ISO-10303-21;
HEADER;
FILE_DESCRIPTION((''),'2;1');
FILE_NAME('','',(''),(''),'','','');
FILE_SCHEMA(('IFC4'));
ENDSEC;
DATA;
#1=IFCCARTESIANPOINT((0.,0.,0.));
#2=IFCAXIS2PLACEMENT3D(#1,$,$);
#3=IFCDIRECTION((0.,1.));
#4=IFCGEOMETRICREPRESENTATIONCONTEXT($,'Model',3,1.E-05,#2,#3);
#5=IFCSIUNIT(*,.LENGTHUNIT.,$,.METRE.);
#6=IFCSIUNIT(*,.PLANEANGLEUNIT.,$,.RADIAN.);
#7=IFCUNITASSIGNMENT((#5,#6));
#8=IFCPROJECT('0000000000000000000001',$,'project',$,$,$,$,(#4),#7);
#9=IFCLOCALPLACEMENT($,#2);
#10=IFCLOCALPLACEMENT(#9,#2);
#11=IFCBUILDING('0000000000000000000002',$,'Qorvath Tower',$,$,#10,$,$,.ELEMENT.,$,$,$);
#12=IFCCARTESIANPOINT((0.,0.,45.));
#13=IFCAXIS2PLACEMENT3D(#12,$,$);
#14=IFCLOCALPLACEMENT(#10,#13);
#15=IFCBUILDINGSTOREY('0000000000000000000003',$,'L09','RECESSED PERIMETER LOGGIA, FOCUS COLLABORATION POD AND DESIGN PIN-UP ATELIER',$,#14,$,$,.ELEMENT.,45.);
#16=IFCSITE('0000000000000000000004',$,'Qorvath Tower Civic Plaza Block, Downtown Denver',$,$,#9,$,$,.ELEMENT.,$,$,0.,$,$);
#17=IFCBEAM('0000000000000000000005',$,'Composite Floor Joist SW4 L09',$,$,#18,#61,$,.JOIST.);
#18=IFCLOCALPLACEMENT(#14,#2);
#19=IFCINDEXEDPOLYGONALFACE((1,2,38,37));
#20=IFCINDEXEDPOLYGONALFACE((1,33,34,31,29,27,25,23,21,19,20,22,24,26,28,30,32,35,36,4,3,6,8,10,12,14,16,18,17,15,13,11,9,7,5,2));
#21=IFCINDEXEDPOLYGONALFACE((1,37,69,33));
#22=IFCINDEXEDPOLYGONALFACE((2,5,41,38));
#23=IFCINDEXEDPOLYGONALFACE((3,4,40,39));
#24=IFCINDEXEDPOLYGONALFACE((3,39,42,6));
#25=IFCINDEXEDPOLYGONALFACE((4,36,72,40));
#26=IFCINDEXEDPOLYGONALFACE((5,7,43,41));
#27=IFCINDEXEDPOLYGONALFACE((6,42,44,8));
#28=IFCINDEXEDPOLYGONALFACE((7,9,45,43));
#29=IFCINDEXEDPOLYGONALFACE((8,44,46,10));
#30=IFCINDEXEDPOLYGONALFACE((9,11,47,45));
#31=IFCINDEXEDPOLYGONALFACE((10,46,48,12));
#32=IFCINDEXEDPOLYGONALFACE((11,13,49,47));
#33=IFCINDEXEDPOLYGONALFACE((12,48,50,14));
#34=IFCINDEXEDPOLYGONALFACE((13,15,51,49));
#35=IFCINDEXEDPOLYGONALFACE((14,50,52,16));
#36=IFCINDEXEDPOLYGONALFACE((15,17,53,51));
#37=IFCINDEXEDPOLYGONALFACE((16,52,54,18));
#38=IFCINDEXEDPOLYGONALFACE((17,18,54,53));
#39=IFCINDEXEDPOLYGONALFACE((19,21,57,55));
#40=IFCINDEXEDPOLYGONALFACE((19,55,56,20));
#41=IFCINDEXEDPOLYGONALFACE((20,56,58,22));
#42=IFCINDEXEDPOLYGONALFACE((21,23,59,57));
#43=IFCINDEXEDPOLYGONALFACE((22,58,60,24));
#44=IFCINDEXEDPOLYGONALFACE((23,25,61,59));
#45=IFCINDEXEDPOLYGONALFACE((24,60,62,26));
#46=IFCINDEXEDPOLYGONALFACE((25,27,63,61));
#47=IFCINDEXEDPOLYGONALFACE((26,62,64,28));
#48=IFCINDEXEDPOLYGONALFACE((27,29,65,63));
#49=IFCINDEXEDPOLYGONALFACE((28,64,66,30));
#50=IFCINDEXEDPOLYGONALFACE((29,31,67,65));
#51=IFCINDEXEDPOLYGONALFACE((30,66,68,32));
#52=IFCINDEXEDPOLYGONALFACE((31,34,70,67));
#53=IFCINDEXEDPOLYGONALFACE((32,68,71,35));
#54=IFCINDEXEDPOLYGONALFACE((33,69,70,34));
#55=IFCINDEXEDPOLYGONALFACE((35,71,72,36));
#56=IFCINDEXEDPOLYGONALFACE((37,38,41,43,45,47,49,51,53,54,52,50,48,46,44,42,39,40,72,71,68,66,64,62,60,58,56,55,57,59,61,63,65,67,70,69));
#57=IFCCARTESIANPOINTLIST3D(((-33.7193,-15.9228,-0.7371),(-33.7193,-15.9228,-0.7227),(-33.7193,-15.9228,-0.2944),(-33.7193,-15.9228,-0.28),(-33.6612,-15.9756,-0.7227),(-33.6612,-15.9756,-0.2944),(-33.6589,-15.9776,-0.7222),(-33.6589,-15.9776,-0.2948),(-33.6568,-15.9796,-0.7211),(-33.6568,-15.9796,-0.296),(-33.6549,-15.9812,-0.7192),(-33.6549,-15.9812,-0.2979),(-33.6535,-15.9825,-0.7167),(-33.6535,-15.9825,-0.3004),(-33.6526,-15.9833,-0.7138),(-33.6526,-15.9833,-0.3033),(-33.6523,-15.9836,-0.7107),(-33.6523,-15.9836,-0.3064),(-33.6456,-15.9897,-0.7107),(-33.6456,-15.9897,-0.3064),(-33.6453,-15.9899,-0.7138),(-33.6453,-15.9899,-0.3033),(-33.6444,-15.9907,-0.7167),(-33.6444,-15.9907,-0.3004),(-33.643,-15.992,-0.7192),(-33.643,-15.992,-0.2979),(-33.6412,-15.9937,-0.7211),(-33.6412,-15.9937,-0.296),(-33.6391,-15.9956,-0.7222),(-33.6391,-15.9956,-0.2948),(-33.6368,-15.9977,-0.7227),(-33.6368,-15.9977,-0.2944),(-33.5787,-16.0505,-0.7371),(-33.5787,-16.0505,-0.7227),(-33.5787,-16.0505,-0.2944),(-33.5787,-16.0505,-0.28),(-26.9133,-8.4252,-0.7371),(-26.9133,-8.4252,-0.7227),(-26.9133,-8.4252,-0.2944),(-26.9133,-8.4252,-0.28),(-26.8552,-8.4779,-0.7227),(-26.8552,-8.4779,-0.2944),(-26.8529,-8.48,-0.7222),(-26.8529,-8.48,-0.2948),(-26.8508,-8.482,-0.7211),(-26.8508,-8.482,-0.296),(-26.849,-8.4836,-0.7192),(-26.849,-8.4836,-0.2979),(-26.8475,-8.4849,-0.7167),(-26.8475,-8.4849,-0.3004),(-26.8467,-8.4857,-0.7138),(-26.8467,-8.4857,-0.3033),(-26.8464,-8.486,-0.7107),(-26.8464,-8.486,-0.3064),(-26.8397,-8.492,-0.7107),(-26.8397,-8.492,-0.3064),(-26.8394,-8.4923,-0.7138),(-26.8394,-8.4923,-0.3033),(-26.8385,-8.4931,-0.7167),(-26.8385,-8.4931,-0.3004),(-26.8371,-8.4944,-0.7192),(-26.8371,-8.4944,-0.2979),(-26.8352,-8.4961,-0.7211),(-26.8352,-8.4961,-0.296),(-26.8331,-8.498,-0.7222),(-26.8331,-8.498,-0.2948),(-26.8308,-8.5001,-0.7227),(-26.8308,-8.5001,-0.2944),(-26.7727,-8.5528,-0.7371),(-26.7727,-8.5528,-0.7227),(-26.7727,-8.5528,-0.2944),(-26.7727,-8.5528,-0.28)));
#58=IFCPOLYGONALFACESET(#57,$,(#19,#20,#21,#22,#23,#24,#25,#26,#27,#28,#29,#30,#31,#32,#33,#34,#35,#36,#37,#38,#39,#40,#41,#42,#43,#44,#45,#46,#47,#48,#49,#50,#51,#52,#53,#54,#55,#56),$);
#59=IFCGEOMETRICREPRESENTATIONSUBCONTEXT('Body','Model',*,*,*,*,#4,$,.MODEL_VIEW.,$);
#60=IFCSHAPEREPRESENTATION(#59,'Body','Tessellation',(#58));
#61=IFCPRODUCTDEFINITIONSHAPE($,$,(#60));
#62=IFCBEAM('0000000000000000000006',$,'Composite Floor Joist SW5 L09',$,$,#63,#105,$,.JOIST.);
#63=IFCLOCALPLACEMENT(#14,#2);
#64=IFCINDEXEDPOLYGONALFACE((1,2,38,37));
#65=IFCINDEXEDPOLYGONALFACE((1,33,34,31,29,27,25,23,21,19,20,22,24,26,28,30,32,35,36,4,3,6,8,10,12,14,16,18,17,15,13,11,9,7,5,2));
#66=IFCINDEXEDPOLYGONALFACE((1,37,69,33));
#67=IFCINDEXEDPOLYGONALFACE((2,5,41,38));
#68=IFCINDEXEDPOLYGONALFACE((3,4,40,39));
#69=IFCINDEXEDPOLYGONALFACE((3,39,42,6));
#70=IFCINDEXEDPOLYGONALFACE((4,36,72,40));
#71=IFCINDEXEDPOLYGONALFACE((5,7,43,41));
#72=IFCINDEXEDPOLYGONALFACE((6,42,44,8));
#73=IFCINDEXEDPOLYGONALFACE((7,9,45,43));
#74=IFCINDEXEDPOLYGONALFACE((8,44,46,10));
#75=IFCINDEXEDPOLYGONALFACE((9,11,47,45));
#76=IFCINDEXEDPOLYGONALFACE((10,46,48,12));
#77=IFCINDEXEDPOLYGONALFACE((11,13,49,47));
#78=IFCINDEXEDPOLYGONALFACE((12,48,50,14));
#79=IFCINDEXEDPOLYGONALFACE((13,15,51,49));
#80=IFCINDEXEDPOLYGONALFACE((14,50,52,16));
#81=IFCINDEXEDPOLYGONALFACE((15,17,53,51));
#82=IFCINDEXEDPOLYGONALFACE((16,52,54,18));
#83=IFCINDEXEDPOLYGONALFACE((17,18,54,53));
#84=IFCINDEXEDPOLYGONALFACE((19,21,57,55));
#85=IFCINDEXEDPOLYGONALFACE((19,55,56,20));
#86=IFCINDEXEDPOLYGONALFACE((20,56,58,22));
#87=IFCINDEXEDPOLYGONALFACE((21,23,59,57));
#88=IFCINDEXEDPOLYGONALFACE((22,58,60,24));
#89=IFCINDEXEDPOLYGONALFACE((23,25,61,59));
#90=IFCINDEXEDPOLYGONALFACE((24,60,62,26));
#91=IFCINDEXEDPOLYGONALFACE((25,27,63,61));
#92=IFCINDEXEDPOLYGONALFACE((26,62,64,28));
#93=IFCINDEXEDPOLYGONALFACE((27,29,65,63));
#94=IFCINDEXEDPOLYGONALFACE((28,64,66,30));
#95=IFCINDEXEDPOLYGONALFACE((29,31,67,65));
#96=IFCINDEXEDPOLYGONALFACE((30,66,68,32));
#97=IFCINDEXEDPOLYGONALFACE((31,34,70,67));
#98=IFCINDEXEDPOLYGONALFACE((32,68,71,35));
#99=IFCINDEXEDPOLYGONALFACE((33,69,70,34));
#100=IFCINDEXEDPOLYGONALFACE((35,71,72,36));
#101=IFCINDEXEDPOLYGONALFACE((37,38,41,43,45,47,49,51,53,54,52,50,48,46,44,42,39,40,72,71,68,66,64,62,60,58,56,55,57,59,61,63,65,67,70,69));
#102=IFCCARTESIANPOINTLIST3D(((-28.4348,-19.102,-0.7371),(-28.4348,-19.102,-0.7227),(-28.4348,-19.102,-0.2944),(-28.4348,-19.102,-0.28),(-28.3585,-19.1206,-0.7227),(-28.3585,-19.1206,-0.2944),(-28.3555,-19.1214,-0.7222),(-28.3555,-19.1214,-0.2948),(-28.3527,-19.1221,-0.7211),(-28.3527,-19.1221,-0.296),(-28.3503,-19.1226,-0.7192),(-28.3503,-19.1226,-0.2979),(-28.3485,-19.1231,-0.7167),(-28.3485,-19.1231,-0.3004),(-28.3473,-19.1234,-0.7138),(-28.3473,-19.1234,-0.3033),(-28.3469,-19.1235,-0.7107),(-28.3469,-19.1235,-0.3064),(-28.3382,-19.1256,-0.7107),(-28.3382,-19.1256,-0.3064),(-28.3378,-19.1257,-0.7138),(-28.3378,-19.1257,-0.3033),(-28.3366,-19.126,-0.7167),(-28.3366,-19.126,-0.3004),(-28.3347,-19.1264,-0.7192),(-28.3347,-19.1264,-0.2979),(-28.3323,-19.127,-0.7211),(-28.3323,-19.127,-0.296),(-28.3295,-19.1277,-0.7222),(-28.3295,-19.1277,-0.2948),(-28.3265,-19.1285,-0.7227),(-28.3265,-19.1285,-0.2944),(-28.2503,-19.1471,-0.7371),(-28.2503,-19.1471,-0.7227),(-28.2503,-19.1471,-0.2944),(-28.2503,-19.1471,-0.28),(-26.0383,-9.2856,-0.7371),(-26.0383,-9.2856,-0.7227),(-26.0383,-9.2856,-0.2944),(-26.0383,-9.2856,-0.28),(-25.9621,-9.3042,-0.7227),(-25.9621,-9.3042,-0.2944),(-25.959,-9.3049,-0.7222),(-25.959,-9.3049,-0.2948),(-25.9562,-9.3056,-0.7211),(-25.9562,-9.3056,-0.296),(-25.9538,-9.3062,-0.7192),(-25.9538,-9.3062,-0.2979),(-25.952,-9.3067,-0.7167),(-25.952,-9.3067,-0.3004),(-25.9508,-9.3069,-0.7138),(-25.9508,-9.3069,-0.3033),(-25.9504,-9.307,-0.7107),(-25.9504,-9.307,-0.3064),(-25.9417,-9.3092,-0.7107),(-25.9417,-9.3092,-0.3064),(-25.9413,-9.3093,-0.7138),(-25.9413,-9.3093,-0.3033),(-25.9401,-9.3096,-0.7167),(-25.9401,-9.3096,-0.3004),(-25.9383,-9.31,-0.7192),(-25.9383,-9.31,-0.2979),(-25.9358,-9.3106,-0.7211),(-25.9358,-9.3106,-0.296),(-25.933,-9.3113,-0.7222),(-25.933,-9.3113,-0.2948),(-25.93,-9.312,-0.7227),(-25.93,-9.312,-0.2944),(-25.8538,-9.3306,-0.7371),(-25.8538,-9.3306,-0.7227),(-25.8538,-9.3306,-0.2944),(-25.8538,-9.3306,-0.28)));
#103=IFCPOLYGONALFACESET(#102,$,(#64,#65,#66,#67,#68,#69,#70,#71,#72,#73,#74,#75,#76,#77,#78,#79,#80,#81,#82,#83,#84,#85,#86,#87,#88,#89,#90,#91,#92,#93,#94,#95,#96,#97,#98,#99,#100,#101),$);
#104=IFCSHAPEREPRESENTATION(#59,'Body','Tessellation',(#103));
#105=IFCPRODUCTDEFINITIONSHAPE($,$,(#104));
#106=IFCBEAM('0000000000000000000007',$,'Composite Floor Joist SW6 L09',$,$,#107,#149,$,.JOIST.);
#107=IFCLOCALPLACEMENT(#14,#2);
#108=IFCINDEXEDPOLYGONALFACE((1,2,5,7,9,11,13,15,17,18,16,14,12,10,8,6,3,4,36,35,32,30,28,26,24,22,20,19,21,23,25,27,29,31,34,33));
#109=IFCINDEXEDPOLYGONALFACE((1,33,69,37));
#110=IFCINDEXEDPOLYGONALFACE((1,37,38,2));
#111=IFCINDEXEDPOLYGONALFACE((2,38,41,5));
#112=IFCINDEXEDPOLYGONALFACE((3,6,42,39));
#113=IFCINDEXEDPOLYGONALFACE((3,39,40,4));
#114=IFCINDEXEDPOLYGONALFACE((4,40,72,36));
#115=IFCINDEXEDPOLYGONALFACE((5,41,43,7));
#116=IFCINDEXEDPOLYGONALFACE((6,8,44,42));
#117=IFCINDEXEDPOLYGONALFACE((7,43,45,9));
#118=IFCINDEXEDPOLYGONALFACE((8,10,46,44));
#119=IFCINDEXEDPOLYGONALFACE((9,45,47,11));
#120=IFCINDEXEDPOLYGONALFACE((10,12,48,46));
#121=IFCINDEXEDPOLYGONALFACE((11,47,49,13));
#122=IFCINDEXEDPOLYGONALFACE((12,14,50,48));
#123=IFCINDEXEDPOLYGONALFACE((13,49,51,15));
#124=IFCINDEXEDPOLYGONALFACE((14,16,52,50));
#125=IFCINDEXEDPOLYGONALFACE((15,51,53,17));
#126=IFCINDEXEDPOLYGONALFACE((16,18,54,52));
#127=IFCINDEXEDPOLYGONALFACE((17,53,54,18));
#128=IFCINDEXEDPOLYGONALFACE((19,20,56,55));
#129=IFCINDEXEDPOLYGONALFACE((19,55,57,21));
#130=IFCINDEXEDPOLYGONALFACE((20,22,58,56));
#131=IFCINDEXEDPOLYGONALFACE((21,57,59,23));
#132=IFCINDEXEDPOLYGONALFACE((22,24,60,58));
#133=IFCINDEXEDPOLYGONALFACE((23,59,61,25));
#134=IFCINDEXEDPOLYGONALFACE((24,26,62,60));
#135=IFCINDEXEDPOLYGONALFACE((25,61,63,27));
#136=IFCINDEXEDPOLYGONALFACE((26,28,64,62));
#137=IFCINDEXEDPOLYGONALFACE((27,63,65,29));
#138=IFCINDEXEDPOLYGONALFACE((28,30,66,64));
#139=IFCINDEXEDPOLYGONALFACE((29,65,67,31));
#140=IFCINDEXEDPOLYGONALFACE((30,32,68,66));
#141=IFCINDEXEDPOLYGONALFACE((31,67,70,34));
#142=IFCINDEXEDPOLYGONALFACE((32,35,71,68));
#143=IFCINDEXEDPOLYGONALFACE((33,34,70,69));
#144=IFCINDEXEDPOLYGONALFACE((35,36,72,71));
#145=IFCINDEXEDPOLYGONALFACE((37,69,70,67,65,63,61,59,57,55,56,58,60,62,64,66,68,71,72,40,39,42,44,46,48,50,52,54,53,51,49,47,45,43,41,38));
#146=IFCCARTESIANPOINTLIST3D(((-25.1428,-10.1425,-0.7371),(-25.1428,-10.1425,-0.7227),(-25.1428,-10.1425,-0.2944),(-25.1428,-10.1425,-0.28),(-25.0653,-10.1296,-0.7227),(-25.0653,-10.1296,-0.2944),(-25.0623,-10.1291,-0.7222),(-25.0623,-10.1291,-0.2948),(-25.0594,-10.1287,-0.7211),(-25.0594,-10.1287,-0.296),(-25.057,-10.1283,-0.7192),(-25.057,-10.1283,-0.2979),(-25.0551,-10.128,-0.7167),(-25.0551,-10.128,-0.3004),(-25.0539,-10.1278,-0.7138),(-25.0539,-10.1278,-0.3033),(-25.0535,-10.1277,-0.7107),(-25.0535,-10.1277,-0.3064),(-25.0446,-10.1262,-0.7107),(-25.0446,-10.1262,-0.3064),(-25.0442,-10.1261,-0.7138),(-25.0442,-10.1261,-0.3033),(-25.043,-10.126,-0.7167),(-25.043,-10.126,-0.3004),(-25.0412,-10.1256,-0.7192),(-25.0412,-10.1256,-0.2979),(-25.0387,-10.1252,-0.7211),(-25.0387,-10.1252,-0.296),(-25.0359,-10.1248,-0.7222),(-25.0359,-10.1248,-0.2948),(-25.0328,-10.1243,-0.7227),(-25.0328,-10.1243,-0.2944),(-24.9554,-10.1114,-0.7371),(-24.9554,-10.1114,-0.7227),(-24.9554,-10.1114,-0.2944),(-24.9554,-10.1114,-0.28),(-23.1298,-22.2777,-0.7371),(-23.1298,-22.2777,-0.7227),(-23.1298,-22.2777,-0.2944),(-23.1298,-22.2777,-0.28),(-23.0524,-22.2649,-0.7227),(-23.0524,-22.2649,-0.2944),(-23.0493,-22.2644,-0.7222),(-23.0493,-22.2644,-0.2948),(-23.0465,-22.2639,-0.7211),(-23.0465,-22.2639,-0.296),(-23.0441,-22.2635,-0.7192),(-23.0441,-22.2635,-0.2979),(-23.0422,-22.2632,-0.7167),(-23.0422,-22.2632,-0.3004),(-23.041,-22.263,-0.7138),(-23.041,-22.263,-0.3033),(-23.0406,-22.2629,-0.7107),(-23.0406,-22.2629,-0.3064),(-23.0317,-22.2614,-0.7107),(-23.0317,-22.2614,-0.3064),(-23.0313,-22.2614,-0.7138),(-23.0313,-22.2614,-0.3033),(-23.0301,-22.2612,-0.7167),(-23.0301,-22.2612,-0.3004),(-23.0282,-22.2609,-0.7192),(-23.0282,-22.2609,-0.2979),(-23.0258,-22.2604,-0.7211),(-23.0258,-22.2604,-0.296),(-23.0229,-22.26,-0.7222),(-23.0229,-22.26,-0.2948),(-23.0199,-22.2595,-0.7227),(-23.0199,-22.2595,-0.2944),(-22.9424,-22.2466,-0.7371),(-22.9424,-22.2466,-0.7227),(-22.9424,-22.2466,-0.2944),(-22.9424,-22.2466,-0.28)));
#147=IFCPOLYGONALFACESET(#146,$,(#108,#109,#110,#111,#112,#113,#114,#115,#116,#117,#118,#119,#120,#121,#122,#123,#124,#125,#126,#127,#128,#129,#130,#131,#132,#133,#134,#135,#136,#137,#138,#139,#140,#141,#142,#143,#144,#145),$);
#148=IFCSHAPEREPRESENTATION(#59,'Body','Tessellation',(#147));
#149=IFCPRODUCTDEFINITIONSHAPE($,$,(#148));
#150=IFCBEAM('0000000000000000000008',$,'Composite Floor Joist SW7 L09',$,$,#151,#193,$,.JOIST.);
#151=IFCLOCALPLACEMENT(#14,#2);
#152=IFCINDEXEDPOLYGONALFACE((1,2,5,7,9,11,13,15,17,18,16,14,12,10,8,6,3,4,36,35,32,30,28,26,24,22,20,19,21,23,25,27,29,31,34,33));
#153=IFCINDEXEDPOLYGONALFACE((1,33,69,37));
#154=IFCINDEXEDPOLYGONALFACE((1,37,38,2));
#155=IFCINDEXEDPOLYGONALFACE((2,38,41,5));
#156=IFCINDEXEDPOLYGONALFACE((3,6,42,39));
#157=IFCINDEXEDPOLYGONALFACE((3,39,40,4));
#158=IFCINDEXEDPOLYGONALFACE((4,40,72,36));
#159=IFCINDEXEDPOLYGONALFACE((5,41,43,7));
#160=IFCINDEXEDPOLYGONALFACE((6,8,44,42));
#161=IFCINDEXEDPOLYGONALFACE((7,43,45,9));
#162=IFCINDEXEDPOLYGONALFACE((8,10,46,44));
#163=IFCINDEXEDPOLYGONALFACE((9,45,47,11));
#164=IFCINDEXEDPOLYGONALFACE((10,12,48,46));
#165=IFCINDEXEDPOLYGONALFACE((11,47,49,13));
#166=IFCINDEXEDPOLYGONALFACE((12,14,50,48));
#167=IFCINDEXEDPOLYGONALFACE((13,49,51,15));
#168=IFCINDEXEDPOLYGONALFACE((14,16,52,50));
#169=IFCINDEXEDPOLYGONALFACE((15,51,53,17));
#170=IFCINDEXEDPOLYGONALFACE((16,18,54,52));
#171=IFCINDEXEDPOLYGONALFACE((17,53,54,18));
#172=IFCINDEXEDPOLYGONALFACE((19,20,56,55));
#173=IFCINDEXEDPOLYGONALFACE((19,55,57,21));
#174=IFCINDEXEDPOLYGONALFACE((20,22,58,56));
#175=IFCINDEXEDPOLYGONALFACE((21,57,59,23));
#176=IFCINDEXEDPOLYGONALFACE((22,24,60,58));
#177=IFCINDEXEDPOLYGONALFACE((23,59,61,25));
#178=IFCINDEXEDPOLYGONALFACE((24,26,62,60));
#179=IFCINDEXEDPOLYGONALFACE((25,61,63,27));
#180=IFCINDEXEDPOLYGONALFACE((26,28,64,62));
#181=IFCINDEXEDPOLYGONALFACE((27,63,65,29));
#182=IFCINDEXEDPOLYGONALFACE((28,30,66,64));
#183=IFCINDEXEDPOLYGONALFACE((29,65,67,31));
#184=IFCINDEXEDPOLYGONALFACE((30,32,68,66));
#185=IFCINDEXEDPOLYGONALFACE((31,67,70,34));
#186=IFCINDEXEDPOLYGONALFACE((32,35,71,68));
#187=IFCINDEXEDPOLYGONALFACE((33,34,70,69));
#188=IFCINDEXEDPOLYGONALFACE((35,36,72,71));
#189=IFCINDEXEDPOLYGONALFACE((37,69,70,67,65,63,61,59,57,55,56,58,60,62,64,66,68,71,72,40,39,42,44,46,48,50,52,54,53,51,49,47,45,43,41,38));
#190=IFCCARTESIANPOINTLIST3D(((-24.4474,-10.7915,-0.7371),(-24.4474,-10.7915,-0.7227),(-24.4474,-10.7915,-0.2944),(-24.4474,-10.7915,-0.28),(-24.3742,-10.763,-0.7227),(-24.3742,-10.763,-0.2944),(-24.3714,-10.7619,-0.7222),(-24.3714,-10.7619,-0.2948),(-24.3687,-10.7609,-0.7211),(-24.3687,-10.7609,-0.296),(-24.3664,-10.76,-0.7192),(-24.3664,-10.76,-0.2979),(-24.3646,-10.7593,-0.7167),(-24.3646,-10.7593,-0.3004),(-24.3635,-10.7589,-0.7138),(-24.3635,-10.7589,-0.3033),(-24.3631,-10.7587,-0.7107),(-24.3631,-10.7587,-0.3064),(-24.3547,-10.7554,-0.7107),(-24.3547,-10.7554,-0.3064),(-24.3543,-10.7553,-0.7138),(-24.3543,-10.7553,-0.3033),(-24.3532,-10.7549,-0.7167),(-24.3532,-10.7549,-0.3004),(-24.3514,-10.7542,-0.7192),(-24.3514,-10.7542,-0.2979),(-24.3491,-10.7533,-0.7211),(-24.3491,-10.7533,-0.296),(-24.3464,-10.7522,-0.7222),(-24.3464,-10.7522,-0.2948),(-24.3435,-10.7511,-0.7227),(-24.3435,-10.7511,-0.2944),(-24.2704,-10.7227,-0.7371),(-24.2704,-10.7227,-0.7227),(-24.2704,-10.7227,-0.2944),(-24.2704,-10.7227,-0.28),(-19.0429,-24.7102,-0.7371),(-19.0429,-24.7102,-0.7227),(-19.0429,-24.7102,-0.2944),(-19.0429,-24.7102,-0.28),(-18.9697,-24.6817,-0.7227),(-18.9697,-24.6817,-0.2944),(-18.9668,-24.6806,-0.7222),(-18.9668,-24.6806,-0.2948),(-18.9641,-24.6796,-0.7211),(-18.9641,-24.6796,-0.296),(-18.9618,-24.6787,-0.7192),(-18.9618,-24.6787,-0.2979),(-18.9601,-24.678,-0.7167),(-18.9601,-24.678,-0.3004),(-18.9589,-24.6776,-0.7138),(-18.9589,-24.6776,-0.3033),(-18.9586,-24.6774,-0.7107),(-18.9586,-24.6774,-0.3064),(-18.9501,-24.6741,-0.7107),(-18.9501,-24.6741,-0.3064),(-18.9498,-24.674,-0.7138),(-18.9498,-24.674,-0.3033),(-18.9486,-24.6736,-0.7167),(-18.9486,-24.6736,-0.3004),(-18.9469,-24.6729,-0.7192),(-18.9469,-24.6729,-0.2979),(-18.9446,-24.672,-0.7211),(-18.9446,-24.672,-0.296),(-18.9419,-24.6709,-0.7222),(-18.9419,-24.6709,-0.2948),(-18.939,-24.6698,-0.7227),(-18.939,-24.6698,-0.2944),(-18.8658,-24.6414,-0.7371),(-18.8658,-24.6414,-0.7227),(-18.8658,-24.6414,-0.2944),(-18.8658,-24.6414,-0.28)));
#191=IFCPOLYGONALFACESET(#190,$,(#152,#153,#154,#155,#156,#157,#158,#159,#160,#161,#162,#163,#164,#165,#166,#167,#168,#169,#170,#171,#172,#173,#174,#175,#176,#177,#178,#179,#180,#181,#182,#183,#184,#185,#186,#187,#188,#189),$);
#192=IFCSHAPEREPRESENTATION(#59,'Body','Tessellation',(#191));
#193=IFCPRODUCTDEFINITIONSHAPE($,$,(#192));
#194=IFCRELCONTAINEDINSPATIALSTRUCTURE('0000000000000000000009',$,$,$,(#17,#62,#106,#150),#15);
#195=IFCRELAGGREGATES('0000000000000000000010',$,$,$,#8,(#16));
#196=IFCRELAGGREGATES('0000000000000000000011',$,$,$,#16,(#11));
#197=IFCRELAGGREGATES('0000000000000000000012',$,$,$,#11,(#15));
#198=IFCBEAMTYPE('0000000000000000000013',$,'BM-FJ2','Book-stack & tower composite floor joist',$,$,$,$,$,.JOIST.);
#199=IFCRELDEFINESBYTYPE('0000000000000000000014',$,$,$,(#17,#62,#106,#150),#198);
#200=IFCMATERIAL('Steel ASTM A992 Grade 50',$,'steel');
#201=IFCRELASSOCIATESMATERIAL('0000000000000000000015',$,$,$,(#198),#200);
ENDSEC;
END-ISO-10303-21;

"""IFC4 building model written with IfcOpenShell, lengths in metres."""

from ifc_helpers import new_model, si_unit, direction, frame, origin, origin_2d, place, context, subcontext, project, spatial, i_section, extrude, material, material_profile, profile_set, type_object, element, save


model = new_model("IFC4")

# Units and contexts
model_context = context("Model", 3, precision=1e-05, world=origin(), true_north=direction((0.0, 1.0)))
body_context = subcontext(model_context, "Body", "Model", "MODEL_VIEW")
ifc_project = project(units=[si_unit("LENGTHUNIT", "METRE"), si_unit("PLANEANGLEUNIT", "RADIAN")], contexts=[model_context])

# Site, building, storey
site_placement = place(None, origin())
site = spatial("IfcSite", under=ifc_project, at=site_placement, Name="Qorvath Tower Civic Plaza Block, Downtown Denver", CompositionType="ELEMENT", RefElevation=0.0)
building_placement = place(site_placement, origin())
building = spatial("IfcBuilding", under=site, at=building_placement, Name="Qorvath Tower", CompositionType="ELEMENT")
storey_placement = place(building_placement, frame((0.0, 0.0, 45.0)))
storey = spatial("IfcBuildingStorey", under=building, at=storey_placement, Name="L09", Description="RECESSED PERIMETER LOGGIA, FOCUS COLLABORATION POD AND DESIGN PIN-UP ATELIER", CompositionType="ELEMENT", Elevation=45.0)

# Beams
ifc_material_1 = material(Name="Steel ASTM A992 Grade 50", Category="steel")
ifc_material_profile = material_profile(ifc_material_1, i_section(OverallWidth=0.1899, OverallDepth=0.457, WebThickness=0.009, FlangeThickness=0.0144, FilletRadius=0.012, at=origin_2d()), Name="W18x50")
ifc_profile_set = profile_set([ifc_material_profile], Name="Steel ASTM A992 Grade 50")
beam_type = type_object("IfcBeamType", Name="BM-FJ2", Description="Book-stack & tower composite floor joist", PredefinedType="JOIST", material=ifc_profile_set)
beam_1_placement = place(storey_placement, frame((-26.843, -8.489, -0.5085), z_axis=(-0.672129, -0.740434, 0.0), x_axis=(0.740434, -0.672129, 0.0)))
element("IfcBeam", 1, at=beam_1_placement, inside=storey, type_object=beam_type, Name="Composite Floor Joist SW4 L09", PredefinedType="JOIST", context=body_context, shape_type="SweptSolid", body=[
    extrude(i_section(OverallWidth=0.1899, OverallDepth=0.457, WebThickness=0.009, FlangeThickness=0.0144, FilletRadius=0.012, at=origin_2d()), origin(), (0.0, 0.0, 1.0), 10.126),
])
beam_2_placement = place(storey_placement, frame((-25.946, -9.3081, -0.5085), z_axis=(-0.237165, -0.971469, 0.0), x_axis=(0.971469, -0.237165, 0.0)))
element("IfcBeam", 2, at=beam_2_placement, inside=storey, type_object=beam_type, Name="Composite Floor Joist SW5 L09", PredefinedType="JOIST", context=body_context, shape_type="SweptSolid", body=[
    extrude(i_section(OverallWidth=0.1899, OverallDepth=0.457, WebThickness=0.009, FlangeThickness=0.0144, FilletRadius=0.012, at=origin_2d()), origin(), (0.0, 0.0, 1.0), 10.1047),
])
beam_3_placement = place(storey_placement, frame((-25.0491, -10.127, -0.5085), z_axis=(0.163639, -0.98652, 0.0), x_axis=(0.98652, 0.163639, 0.0)))
element("IfcBeam", 3, at=beam_3_placement, inside=storey, type_object=beam_type, Name="Composite Floor Joist SW6 L09", PredefinedType="JOIST", context=body_context, shape_type="SweptSolid", body=[
    extrude(i_section(OverallWidth=0.1899, OverallDepth=0.457, WebThickness=0.009, FlangeThickness=0.0144, FilletRadius=0.012, at=origin_2d()), origin(), (0.0, 0.0, 1.0), 12.301),
])
beam_4_placement = place(storey_placement, frame((-24.3589, -10.7571, -0.5085), z_axis=(0.361964, -0.932192, 0.0), x_axis=(0.932192, 0.361964, 0.0)))
element("IfcBeam", 4, at=beam_4_placement, inside=storey, type_object=beam_type, Name="Composite Floor Joist SW7 L09", PredefinedType="JOIST", context=body_context, shape_type="SweptSolid", body=[
    extrude(i_section(OverallWidth=0.1899, OverallDepth=0.457, WebThickness=0.009, FlangeThickness=0.0144, FilletRadius=0.012, at=origin_2d()), origin(), (0.0, 0.0, 1.0), 14.9312),
])

save(model, "model.ifc")
